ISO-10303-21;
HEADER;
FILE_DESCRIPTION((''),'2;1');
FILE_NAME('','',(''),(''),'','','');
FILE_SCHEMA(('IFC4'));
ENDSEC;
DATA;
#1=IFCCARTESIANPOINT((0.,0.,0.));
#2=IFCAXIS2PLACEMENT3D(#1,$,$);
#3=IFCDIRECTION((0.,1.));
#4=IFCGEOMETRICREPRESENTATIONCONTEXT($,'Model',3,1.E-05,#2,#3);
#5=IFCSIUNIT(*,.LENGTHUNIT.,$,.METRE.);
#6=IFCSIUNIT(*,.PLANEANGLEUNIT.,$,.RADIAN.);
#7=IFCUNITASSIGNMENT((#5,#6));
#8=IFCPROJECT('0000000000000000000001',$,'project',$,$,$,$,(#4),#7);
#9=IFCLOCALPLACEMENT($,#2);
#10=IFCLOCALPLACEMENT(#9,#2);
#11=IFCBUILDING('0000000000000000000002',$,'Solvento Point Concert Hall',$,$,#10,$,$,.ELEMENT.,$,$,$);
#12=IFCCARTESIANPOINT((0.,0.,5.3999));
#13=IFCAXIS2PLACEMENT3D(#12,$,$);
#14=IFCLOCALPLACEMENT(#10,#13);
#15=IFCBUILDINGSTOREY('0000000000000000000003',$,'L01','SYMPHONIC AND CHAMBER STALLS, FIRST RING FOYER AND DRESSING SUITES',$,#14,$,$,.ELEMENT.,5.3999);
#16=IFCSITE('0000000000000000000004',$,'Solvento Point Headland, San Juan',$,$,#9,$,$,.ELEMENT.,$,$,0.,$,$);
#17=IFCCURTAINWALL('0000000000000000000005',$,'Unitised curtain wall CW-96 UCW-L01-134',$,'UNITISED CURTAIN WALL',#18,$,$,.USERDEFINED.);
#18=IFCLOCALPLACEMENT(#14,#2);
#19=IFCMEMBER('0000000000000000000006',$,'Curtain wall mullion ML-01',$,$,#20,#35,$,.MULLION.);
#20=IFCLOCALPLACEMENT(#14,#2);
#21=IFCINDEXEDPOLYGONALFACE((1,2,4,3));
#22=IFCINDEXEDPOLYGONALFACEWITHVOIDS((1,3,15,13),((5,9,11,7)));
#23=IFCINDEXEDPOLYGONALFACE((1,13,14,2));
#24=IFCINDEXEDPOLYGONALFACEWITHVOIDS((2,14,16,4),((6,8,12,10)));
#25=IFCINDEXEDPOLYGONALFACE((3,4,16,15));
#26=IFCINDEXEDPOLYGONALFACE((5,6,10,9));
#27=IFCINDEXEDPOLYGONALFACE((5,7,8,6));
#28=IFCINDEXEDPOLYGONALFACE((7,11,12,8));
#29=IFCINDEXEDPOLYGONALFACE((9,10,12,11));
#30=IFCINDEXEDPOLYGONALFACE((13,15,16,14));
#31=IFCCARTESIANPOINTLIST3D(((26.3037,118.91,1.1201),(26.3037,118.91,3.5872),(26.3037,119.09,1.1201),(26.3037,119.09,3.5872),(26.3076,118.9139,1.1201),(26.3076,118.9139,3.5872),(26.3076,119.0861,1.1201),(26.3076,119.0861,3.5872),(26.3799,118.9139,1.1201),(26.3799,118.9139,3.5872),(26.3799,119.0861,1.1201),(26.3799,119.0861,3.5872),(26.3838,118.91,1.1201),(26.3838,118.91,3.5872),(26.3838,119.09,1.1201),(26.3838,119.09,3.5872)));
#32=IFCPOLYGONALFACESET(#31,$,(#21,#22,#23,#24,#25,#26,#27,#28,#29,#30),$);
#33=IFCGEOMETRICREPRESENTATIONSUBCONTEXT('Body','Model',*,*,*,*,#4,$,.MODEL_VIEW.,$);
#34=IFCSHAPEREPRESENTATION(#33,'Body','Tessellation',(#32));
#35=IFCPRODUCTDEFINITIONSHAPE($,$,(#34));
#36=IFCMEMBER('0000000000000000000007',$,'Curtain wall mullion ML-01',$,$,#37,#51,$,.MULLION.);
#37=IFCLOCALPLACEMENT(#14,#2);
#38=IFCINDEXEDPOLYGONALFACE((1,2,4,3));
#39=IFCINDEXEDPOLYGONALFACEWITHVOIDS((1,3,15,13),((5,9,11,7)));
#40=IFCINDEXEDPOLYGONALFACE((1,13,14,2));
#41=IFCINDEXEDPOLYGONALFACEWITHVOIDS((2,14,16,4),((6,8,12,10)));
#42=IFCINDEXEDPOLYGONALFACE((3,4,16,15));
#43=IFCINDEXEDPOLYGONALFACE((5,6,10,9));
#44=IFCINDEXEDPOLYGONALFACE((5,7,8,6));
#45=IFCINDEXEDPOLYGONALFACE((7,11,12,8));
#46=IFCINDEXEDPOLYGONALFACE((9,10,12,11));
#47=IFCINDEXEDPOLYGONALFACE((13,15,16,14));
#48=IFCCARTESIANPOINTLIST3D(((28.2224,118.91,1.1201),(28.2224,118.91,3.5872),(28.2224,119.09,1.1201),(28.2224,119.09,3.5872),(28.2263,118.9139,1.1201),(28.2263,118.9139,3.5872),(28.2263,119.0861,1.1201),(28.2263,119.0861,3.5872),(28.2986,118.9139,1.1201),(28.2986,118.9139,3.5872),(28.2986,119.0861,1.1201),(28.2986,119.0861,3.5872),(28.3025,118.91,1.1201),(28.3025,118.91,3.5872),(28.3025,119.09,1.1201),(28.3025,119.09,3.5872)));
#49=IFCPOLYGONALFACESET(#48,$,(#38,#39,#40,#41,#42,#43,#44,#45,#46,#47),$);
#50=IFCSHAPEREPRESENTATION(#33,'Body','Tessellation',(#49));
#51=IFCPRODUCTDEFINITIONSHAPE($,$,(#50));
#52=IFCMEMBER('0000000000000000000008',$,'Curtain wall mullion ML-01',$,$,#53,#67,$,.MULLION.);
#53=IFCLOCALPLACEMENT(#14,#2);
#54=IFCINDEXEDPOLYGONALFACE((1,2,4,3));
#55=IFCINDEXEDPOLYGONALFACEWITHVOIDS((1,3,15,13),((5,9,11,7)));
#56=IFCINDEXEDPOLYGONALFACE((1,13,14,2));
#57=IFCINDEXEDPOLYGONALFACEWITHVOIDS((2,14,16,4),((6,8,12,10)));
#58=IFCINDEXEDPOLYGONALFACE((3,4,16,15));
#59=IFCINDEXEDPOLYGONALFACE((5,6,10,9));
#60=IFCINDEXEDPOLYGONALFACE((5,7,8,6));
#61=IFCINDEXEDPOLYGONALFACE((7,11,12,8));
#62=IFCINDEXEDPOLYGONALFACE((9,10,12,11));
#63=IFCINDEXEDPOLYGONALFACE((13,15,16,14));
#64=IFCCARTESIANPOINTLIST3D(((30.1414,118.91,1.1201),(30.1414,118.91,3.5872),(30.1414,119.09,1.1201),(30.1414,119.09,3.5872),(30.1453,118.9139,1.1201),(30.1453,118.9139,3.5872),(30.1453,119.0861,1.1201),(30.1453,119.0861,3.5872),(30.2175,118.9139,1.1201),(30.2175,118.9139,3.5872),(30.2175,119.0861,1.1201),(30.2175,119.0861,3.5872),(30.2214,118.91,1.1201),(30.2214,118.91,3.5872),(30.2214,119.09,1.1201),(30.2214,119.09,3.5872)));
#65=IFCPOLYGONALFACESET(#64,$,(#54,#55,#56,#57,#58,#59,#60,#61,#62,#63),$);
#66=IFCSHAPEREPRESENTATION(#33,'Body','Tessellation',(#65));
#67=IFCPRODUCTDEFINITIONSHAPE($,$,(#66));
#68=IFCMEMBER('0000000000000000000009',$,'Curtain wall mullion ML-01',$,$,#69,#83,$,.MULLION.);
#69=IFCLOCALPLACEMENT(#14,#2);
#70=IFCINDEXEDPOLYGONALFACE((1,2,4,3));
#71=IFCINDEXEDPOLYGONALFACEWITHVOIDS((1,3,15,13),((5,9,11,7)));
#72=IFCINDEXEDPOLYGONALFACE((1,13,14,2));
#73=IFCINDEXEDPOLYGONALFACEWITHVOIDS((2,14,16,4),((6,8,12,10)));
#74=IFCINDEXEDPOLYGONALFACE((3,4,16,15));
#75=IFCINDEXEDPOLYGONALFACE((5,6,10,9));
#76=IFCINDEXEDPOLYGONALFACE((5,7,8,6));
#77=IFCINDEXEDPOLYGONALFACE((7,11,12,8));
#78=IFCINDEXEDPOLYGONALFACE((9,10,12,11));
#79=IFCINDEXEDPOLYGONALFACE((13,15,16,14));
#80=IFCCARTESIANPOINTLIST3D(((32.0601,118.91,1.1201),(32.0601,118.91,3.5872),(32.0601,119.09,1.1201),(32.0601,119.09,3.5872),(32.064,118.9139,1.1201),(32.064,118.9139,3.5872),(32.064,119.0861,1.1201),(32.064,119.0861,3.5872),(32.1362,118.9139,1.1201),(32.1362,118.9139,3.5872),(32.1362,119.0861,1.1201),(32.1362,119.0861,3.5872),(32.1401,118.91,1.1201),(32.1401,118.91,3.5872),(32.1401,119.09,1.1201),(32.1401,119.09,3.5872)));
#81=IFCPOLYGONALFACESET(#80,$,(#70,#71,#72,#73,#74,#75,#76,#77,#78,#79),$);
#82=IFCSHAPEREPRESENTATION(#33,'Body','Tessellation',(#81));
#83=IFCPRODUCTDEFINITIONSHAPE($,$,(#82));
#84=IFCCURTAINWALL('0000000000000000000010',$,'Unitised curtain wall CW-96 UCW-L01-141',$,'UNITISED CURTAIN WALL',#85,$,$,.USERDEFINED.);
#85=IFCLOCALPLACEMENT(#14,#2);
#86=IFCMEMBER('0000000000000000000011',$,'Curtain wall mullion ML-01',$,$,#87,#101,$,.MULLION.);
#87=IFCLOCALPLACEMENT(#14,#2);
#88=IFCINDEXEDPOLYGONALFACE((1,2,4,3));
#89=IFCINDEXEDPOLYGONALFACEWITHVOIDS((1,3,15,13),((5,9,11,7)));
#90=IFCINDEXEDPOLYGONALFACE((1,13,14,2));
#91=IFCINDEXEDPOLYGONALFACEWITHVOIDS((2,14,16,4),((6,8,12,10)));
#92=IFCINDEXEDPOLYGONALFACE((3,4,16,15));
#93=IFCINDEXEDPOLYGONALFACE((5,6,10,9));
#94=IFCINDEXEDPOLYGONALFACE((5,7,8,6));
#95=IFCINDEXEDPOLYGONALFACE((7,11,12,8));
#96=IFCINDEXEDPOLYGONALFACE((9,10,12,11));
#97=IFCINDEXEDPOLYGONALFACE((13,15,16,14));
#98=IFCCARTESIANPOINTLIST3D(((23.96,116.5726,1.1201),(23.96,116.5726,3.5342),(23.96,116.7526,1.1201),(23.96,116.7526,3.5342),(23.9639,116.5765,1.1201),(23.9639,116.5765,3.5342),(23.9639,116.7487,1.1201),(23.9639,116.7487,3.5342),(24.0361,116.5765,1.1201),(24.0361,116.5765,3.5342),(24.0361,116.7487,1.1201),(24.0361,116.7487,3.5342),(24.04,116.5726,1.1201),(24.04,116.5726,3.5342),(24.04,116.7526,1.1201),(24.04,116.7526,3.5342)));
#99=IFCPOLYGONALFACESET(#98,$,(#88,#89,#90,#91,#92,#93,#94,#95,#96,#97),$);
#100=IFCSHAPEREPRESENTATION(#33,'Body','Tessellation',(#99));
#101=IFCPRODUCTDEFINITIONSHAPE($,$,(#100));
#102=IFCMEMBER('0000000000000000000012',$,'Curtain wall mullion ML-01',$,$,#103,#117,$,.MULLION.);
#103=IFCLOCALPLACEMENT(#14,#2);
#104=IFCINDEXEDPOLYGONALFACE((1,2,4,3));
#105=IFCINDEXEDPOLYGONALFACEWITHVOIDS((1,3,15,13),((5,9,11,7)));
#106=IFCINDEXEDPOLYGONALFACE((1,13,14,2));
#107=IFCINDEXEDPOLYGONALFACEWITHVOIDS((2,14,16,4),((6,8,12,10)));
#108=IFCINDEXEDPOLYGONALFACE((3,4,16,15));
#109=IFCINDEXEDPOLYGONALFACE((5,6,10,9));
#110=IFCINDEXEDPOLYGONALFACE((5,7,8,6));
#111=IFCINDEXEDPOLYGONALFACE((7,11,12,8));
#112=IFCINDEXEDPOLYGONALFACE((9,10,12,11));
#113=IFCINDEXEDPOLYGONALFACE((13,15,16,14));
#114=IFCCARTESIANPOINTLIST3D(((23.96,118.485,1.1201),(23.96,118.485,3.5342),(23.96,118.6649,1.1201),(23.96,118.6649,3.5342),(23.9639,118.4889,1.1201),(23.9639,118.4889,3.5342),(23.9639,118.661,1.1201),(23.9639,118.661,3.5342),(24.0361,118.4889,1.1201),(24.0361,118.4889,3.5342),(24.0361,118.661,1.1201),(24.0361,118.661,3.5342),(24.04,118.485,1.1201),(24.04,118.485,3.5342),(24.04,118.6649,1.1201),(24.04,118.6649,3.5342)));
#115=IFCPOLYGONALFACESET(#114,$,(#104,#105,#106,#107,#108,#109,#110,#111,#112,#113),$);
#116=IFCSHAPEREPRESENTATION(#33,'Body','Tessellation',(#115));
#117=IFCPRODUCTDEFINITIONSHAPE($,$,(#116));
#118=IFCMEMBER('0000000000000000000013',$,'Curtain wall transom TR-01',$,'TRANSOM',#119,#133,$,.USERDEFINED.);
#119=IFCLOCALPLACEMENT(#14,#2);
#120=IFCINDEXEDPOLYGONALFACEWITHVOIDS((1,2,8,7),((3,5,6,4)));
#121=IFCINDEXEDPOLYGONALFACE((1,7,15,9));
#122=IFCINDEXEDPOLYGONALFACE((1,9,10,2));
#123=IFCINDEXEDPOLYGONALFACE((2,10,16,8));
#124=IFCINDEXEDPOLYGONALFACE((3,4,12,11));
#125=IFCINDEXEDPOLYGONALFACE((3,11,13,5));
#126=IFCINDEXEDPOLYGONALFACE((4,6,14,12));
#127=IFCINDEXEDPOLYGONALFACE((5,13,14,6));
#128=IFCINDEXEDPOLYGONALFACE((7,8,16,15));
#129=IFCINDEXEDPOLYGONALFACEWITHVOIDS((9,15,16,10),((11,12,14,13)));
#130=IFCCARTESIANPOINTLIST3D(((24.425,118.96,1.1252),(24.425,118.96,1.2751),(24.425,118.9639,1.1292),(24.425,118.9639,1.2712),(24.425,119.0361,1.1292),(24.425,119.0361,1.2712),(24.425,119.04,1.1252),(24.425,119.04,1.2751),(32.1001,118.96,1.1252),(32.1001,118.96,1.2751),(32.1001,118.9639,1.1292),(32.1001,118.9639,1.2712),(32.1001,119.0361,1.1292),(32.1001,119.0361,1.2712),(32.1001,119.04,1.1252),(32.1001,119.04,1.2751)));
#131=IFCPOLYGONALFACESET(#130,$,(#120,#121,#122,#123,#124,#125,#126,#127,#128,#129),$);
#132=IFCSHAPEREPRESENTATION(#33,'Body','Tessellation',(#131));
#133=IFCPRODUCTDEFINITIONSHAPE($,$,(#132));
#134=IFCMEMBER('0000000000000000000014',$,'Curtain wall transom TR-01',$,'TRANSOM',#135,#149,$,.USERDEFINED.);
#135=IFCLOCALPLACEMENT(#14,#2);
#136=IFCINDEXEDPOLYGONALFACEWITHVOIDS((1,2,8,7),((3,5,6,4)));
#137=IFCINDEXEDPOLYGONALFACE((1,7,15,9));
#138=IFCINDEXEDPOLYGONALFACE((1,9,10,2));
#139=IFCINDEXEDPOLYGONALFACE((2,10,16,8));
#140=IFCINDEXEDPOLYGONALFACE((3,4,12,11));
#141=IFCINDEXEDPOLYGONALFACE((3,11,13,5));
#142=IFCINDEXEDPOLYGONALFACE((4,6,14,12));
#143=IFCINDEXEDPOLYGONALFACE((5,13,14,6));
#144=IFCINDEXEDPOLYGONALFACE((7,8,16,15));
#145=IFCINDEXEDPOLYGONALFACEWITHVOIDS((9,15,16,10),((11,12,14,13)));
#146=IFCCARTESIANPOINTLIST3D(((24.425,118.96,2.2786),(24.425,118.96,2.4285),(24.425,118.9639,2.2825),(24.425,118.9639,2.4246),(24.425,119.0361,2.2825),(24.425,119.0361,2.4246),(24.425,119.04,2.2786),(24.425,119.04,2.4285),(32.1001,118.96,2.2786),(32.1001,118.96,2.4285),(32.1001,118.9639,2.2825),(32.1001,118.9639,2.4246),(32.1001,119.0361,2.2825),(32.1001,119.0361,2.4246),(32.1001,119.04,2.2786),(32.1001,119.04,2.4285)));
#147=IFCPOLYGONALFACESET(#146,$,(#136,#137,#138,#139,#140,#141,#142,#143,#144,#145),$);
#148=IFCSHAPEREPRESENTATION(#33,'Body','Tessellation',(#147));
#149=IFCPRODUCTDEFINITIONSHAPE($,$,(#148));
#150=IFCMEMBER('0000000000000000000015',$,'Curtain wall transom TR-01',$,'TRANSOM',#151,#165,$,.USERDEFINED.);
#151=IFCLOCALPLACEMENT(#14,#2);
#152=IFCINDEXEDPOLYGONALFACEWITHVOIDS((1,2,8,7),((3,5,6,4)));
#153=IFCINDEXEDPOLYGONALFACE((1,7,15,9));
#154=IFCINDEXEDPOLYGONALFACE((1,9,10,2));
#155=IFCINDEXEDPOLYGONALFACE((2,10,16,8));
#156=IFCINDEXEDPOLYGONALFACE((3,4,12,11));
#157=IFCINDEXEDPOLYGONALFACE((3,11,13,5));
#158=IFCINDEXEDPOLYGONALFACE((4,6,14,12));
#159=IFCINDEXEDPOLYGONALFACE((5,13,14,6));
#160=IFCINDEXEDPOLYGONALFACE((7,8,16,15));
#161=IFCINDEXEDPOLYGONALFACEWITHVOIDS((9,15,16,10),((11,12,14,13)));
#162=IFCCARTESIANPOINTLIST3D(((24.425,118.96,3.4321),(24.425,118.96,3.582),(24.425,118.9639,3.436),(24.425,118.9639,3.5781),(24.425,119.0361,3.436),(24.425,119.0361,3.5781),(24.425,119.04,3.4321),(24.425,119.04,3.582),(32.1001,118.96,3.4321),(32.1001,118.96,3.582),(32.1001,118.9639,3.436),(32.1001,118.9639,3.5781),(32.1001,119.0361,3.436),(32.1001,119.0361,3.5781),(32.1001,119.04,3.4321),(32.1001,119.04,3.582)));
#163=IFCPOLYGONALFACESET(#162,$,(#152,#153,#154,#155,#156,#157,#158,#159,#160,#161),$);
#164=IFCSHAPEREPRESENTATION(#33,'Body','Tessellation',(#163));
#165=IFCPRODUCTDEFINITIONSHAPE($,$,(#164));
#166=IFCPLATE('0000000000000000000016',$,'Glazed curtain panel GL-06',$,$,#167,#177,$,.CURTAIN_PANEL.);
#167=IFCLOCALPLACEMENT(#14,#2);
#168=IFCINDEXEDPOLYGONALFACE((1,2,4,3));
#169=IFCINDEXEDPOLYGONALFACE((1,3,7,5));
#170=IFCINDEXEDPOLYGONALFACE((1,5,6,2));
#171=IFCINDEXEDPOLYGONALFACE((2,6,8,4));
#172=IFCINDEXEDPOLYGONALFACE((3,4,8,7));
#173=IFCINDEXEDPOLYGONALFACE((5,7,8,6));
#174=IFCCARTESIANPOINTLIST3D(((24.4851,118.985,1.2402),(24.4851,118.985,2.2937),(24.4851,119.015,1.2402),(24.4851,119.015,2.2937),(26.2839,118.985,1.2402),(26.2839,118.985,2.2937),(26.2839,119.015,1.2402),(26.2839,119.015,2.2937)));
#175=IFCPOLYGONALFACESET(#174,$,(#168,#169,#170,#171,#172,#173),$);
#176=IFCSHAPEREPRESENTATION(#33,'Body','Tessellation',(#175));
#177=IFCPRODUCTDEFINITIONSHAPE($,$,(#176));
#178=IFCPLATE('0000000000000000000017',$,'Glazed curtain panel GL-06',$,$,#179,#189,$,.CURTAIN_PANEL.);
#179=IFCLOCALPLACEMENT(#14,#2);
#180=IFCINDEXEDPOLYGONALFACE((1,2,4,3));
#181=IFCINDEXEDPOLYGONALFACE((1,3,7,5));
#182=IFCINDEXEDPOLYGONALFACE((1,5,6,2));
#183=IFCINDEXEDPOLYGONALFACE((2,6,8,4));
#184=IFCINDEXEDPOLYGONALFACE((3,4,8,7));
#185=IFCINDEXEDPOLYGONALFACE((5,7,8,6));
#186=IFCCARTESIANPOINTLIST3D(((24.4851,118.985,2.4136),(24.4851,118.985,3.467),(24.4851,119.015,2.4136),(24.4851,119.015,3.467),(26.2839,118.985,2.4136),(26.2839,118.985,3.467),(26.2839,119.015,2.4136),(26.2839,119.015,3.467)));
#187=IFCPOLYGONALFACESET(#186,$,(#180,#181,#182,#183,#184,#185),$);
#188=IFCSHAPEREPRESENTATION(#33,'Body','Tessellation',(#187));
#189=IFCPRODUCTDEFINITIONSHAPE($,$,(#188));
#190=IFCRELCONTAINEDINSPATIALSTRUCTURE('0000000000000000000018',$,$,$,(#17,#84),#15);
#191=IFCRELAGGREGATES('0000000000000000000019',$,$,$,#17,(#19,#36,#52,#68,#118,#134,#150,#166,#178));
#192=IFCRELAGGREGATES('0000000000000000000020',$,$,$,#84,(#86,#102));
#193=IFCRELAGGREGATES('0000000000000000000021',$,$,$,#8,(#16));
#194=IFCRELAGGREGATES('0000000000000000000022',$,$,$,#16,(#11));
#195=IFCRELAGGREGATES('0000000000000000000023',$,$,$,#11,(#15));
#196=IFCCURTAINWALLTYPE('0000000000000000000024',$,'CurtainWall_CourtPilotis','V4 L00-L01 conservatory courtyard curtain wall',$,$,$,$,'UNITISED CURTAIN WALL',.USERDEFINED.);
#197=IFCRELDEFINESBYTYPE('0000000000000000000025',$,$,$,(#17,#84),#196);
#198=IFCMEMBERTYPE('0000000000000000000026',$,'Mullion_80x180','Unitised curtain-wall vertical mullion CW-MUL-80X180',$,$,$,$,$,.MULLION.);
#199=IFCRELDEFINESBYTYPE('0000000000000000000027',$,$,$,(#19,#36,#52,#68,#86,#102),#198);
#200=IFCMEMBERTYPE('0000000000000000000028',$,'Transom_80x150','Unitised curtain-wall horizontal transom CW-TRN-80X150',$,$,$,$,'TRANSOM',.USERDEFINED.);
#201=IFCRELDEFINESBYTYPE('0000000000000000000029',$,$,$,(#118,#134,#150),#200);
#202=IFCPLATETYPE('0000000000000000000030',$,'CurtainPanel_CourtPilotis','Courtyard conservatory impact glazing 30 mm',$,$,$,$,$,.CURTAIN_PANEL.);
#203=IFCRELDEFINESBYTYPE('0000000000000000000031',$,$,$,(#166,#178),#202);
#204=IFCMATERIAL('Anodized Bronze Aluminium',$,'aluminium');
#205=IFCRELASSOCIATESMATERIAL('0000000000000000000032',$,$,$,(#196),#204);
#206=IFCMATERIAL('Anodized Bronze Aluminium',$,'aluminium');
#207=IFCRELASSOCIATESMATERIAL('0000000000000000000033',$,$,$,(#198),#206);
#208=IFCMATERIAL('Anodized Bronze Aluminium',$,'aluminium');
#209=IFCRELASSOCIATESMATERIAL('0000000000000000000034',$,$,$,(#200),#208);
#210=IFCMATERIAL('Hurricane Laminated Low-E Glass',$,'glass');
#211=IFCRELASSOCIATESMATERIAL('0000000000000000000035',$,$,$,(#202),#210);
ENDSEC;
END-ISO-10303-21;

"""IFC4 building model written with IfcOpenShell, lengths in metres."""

from ifc_helpers import new_model, si_unit, direction, frame, origin, origin_2d, place, context, subcontext, project, spatial, rectangle, hollow_rectangle, extrude, material, material_profile, profile_set, type_object, element, aggregate, save


model = new_model("IFC4")

# Units and contexts
model_context = context("Model", 3, precision=1e-05, world=origin(), true_north=direction((0.0, 1.0)))
body_context = subcontext(model_context, "Body", "Model", "MODEL_VIEW")
ifc_project = project(units=[si_unit("LENGTHUNIT", "METRE"), si_unit("PLANEANGLEUNIT", "RADIAN")], contexts=[model_context])

# Site, building, storey
site_placement = place(None, origin())
site = spatial("IfcSite", under=ifc_project, at=site_placement, Name="Solvento Point Headland, San Juan", CompositionType="ELEMENT", RefElevation=0.0)
building_placement = place(site_placement, origin())
building = spatial("IfcBuilding", under=site, at=building_placement, Name="Solvento Point Concert Hall", CompositionType="ELEMENT")
storey_placement = place(building_placement, frame((0.0, 0.0, 5.3999)))
storey = spatial("IfcBuildingStorey", under=building, at=storey_placement, Name="L01", Description="SYMPHONIC AND CHAMBER STALLS, FIRST RING FOYER AND DRESSING SUITES", CompositionType="ELEMENT", Elevation=5.3999)

# Curtain walls, members
ifc_material_1 = material(Name="Anodized Bronze Aluminium", Category="aluminium")
curtain_wall_type = type_object("IfcCurtainWallType", Name="CurtainWall_CourtPilotis", Description="V4 L00-L01 conservatory courtyard curtain wall", ElementType="UNITISED CURTAIN WALL", PredefinedType="USERDEFINED", material=ifc_material_1)
curtain_wall_1_placement = place(storey_placement, origin())
curtain_wall_1 = element("IfcCurtainWall", 1, at=curtain_wall_1_placement, inside=storey, type_object=curtain_wall_type, Name="Unitised curtain wall CW-96 UCW-L01-134", ObjectType="UNITISED CURTAIN WALL", PredefinedType="USERDEFINED")
ifc_material_2 = material(Name="Anodized Bronze Aluminium", Category="aluminium")
ifc_material_profile_1 = material_profile(ifc_material_2, hollow_rectangle(XDim=0.0801, YDim=0.1799, WallThickness=0.0039, at=origin_2d()), Name="CW-MUL-80X180")
ifc_profile_set_1 = profile_set([ifc_material_profile_1], Name="Anodized Bronze Aluminium")
member_type_1 = type_object("IfcMemberType", Name="Mullion_80x180", Description="Unitised curtain-wall vertical mullion CW-MUL-80X180", PredefinedType="MULLION", material=ifc_profile_set_1)
member_1_placement = place(storey_placement, frame((26.3438, 119.0, 1.1201), z_axis=(0.0, 0.0, 1.0), x_axis=(1.0, 0.0, 0.0)))
member_1 = element("IfcMember", 2, at=member_1_placement, type_object=member_type_1, Name="Curtain wall mullion ML-01", PredefinedType="MULLION", context=body_context, shape_type="SweptSolid", body=[
    extrude(hollow_rectangle(XDim=0.0801, YDim=0.1799, WallThickness=0.0039, at=origin_2d()), origin(), (0.0, 0.0, 1.0), 2.467),
])
member_2_placement = place(storey_placement, frame((28.2625, 119.0, 1.1201), z_axis=(0.0, 0.0, 1.0), x_axis=(1.0, 0.0, 0.0)))
member_2 = element("IfcMember", 3, at=member_2_placement, type_object=member_type_1, Name="Curtain wall mullion ML-01", PredefinedType="MULLION", context=body_context, shape_type="SweptSolid", body=[
    extrude(hollow_rectangle(XDim=0.0801, YDim=0.1799, WallThickness=0.0039, at=origin_2d()), origin(), (0.0, 0.0, 1.0), 2.467),
])
member_3_placement = place(storey_placement, frame((30.1814, 119.0, 1.1201), z_axis=(0.0, 0.0, 1.0), x_axis=(1.0, 0.0, 0.0)))
member_3 = element("IfcMember", 4, at=member_3_placement, type_object=member_type_1, Name="Curtain wall mullion ML-01", PredefinedType="MULLION", context=body_context, shape_type="SweptSolid", body=[
    extrude(hollow_rectangle(XDim=0.0801, YDim=0.1799, WallThickness=0.0039, at=origin_2d()), origin(), (0.0, 0.0, 1.0), 2.467),
])
member_4_placement = place(storey_placement, frame((32.1001, 119.0, 1.1201), z_axis=(0.0, 0.0, 1.0), x_axis=(1.0, 0.0, 0.0)))
member_4 = element("IfcMember", 5, at=member_4_placement, type_object=member_type_1, Name="Curtain wall mullion ML-01", PredefinedType="MULLION", context=body_context, shape_type="SweptSolid", body=[
    extrude(hollow_rectangle(XDim=0.0801, YDim=0.1799, WallThickness=0.0039, at=origin_2d()), origin(), (0.0, 0.0, 1.0), 2.467),
])
curtain_wall_2_placement = place(storey_placement, origin())
curtain_wall_2 = element("IfcCurtainWall", 6, at=curtain_wall_2_placement, inside=storey, type_object=curtain_wall_type, Name="Unitised curtain wall CW-96 UCW-L01-141", ObjectType="UNITISED CURTAIN WALL", PredefinedType="USERDEFINED")
member_5_placement = place(storey_placement, frame((24.0, 116.6626, 1.1201), z_axis=(0.0, 0.0, 1.0), x_axis=(1.0, 0.0, 0.0)))
member_5 = element("IfcMember", 7, at=member_5_placement, type_object=member_type_1, Name="Curtain wall mullion ML-01", PredefinedType="MULLION", context=body_context, shape_type="SweptSolid", body=[
    extrude(hollow_rectangle(XDim=0.0801, YDim=0.1799, WallThickness=0.0039, at=origin_2d()), origin(), (0.0, 0.0, 1.0), 2.4141),
])
member_6_placement = place(storey_placement, frame((24.0, 118.575, 1.1201), z_axis=(0.0, 0.0, 1.0), x_axis=(1.0, 0.0, 0.0)))
member_6 = element("IfcMember", 8, at=member_6_placement, type_object=member_type_1, Name="Curtain wall mullion ML-01", PredefinedType="MULLION", context=body_context, shape_type="SweptSolid", body=[
    extrude(hollow_rectangle(XDim=0.0801, YDim=0.1799, WallThickness=0.0039, at=origin_2d()), origin(), (0.0, 0.0, 1.0), 2.4141),
])

# Members
ifc_material_3 = material(Name="Anodized Bronze Aluminium", Category="aluminium")
ifc_material_profile_2 = material_profile(ifc_material_3, hollow_rectangle(XDim=0.0801, YDim=0.1499, WallThickness=0.0039, at=origin_2d()), Name="CW-TRN-80X150")
ifc_profile_set_2 = profile_set([ifc_material_profile_2], Name="Anodized Bronze Aluminium")
member_type_2 = type_object("IfcMemberType", Name="Transom_80x150", Description="Unitised curtain-wall horizontal transom CW-TRN-80X150", ElementType="TRANSOM", PredefinedType="USERDEFINED", material=ifc_profile_set_2)
member_7_placement = place(storey_placement, frame((24.425, 119.0, 1.2002), z_axis=(1.0, 0.0, 0.0), x_axis=(0.0, 1.0, 0.0)))
member_7 = element("IfcMember", 9, at=member_7_placement, type_object=member_type_2, Name="Curtain wall transom TR-01", ObjectType="TRANSOM", PredefinedType="USERDEFINED", context=body_context, shape_type="SweptSolid", body=[
    extrude(hollow_rectangle(XDim=0.0801, YDim=0.1499, WallThickness=0.0039, at=origin_2d()), origin(), (0.0, 0.0, 1.0), 7.675),
])
member_8_placement = place(storey_placement, frame((24.425, 119.0, 2.3535), z_axis=(1.0, 0.0, 0.0), x_axis=(0.0, 1.0, 0.0)))
member_8 = element("IfcMember", 10, at=member_8_placement, type_object=member_type_2, Name="Curtain wall transom TR-01", ObjectType="TRANSOM", PredefinedType="USERDEFINED", context=body_context, shape_type="SweptSolid", body=[
    extrude(hollow_rectangle(XDim=0.0801, YDim=0.1499, WallThickness=0.0039, at=origin_2d()), origin(), (0.0, 0.0, 1.0), 7.675),
])
member_9_placement = place(storey_placement, frame((24.425, 119.0, 3.5071), z_axis=(1.0, 0.0, 0.0), x_axis=(0.0, 1.0, 0.0)))
member_9 = element("IfcMember", 11, at=member_9_placement, type_object=member_type_2, Name="Curtain wall transom TR-01", ObjectType="TRANSOM", PredefinedType="USERDEFINED", context=body_context, shape_type="SweptSolid", body=[
    extrude(hollow_rectangle(XDim=0.0801, YDim=0.1499, WallThickness=0.0039, at=origin_2d()), origin(), (0.0, 0.0, 1.0), 7.675),
])

# Plates
ifc_material_4 = material(Name="Hurricane Laminated Low-E Glass", Category="glass")
plate_type = type_object("IfcPlateType", Name="CurtainPanel_CourtPilotis", Description="Courtyard conservatory impact glazing 30 mm", PredefinedType="CURTAIN_PANEL", material=ifc_material_4)
plate_1_placement = place(storey_placement, frame((25.3845, 119.0, 1.2402), z_axis=(0.0, 0.0, 1.0), x_axis=(1.0, 0.0, 0.0)))
plate_1 = element("IfcPlate", 12, at=plate_1_placement, type_object=plate_type, Name="Glazed curtain panel GL-06", PredefinedType="CURTAIN_PANEL", context=body_context, shape_type="SweptSolid", body=[
    extrude(rectangle(XDim=1.7988, YDim=0.03, at=origin_2d()), origin(), (0.0, 0.0, 1.0), 1.0535),
])
plate_2_placement = place(storey_placement, frame((25.3845, 119.0, 2.4136), z_axis=(0.0, 0.0, 1.0), x_axis=(1.0, 0.0, 0.0)))
plate_2 = element("IfcPlate", 13, at=plate_2_placement, type_object=plate_type, Name="Glazed curtain panel GL-06", PredefinedType="CURTAIN_PANEL", context=body_context, shape_type="SweptSolid", body=[
    extrude(rectangle(XDim=1.7988, YDim=0.03, at=origin_2d()), origin(), (0.0, 0.0, 1.0), 1.0535),
])
aggregate(curtain_wall_1, [member_1, member_2, member_3, member_4, member_7, member_8, member_9, plate_1, plate_2])
aggregate(curtain_wall_2, [member_5, member_6])

save(model, "model.ifc")
